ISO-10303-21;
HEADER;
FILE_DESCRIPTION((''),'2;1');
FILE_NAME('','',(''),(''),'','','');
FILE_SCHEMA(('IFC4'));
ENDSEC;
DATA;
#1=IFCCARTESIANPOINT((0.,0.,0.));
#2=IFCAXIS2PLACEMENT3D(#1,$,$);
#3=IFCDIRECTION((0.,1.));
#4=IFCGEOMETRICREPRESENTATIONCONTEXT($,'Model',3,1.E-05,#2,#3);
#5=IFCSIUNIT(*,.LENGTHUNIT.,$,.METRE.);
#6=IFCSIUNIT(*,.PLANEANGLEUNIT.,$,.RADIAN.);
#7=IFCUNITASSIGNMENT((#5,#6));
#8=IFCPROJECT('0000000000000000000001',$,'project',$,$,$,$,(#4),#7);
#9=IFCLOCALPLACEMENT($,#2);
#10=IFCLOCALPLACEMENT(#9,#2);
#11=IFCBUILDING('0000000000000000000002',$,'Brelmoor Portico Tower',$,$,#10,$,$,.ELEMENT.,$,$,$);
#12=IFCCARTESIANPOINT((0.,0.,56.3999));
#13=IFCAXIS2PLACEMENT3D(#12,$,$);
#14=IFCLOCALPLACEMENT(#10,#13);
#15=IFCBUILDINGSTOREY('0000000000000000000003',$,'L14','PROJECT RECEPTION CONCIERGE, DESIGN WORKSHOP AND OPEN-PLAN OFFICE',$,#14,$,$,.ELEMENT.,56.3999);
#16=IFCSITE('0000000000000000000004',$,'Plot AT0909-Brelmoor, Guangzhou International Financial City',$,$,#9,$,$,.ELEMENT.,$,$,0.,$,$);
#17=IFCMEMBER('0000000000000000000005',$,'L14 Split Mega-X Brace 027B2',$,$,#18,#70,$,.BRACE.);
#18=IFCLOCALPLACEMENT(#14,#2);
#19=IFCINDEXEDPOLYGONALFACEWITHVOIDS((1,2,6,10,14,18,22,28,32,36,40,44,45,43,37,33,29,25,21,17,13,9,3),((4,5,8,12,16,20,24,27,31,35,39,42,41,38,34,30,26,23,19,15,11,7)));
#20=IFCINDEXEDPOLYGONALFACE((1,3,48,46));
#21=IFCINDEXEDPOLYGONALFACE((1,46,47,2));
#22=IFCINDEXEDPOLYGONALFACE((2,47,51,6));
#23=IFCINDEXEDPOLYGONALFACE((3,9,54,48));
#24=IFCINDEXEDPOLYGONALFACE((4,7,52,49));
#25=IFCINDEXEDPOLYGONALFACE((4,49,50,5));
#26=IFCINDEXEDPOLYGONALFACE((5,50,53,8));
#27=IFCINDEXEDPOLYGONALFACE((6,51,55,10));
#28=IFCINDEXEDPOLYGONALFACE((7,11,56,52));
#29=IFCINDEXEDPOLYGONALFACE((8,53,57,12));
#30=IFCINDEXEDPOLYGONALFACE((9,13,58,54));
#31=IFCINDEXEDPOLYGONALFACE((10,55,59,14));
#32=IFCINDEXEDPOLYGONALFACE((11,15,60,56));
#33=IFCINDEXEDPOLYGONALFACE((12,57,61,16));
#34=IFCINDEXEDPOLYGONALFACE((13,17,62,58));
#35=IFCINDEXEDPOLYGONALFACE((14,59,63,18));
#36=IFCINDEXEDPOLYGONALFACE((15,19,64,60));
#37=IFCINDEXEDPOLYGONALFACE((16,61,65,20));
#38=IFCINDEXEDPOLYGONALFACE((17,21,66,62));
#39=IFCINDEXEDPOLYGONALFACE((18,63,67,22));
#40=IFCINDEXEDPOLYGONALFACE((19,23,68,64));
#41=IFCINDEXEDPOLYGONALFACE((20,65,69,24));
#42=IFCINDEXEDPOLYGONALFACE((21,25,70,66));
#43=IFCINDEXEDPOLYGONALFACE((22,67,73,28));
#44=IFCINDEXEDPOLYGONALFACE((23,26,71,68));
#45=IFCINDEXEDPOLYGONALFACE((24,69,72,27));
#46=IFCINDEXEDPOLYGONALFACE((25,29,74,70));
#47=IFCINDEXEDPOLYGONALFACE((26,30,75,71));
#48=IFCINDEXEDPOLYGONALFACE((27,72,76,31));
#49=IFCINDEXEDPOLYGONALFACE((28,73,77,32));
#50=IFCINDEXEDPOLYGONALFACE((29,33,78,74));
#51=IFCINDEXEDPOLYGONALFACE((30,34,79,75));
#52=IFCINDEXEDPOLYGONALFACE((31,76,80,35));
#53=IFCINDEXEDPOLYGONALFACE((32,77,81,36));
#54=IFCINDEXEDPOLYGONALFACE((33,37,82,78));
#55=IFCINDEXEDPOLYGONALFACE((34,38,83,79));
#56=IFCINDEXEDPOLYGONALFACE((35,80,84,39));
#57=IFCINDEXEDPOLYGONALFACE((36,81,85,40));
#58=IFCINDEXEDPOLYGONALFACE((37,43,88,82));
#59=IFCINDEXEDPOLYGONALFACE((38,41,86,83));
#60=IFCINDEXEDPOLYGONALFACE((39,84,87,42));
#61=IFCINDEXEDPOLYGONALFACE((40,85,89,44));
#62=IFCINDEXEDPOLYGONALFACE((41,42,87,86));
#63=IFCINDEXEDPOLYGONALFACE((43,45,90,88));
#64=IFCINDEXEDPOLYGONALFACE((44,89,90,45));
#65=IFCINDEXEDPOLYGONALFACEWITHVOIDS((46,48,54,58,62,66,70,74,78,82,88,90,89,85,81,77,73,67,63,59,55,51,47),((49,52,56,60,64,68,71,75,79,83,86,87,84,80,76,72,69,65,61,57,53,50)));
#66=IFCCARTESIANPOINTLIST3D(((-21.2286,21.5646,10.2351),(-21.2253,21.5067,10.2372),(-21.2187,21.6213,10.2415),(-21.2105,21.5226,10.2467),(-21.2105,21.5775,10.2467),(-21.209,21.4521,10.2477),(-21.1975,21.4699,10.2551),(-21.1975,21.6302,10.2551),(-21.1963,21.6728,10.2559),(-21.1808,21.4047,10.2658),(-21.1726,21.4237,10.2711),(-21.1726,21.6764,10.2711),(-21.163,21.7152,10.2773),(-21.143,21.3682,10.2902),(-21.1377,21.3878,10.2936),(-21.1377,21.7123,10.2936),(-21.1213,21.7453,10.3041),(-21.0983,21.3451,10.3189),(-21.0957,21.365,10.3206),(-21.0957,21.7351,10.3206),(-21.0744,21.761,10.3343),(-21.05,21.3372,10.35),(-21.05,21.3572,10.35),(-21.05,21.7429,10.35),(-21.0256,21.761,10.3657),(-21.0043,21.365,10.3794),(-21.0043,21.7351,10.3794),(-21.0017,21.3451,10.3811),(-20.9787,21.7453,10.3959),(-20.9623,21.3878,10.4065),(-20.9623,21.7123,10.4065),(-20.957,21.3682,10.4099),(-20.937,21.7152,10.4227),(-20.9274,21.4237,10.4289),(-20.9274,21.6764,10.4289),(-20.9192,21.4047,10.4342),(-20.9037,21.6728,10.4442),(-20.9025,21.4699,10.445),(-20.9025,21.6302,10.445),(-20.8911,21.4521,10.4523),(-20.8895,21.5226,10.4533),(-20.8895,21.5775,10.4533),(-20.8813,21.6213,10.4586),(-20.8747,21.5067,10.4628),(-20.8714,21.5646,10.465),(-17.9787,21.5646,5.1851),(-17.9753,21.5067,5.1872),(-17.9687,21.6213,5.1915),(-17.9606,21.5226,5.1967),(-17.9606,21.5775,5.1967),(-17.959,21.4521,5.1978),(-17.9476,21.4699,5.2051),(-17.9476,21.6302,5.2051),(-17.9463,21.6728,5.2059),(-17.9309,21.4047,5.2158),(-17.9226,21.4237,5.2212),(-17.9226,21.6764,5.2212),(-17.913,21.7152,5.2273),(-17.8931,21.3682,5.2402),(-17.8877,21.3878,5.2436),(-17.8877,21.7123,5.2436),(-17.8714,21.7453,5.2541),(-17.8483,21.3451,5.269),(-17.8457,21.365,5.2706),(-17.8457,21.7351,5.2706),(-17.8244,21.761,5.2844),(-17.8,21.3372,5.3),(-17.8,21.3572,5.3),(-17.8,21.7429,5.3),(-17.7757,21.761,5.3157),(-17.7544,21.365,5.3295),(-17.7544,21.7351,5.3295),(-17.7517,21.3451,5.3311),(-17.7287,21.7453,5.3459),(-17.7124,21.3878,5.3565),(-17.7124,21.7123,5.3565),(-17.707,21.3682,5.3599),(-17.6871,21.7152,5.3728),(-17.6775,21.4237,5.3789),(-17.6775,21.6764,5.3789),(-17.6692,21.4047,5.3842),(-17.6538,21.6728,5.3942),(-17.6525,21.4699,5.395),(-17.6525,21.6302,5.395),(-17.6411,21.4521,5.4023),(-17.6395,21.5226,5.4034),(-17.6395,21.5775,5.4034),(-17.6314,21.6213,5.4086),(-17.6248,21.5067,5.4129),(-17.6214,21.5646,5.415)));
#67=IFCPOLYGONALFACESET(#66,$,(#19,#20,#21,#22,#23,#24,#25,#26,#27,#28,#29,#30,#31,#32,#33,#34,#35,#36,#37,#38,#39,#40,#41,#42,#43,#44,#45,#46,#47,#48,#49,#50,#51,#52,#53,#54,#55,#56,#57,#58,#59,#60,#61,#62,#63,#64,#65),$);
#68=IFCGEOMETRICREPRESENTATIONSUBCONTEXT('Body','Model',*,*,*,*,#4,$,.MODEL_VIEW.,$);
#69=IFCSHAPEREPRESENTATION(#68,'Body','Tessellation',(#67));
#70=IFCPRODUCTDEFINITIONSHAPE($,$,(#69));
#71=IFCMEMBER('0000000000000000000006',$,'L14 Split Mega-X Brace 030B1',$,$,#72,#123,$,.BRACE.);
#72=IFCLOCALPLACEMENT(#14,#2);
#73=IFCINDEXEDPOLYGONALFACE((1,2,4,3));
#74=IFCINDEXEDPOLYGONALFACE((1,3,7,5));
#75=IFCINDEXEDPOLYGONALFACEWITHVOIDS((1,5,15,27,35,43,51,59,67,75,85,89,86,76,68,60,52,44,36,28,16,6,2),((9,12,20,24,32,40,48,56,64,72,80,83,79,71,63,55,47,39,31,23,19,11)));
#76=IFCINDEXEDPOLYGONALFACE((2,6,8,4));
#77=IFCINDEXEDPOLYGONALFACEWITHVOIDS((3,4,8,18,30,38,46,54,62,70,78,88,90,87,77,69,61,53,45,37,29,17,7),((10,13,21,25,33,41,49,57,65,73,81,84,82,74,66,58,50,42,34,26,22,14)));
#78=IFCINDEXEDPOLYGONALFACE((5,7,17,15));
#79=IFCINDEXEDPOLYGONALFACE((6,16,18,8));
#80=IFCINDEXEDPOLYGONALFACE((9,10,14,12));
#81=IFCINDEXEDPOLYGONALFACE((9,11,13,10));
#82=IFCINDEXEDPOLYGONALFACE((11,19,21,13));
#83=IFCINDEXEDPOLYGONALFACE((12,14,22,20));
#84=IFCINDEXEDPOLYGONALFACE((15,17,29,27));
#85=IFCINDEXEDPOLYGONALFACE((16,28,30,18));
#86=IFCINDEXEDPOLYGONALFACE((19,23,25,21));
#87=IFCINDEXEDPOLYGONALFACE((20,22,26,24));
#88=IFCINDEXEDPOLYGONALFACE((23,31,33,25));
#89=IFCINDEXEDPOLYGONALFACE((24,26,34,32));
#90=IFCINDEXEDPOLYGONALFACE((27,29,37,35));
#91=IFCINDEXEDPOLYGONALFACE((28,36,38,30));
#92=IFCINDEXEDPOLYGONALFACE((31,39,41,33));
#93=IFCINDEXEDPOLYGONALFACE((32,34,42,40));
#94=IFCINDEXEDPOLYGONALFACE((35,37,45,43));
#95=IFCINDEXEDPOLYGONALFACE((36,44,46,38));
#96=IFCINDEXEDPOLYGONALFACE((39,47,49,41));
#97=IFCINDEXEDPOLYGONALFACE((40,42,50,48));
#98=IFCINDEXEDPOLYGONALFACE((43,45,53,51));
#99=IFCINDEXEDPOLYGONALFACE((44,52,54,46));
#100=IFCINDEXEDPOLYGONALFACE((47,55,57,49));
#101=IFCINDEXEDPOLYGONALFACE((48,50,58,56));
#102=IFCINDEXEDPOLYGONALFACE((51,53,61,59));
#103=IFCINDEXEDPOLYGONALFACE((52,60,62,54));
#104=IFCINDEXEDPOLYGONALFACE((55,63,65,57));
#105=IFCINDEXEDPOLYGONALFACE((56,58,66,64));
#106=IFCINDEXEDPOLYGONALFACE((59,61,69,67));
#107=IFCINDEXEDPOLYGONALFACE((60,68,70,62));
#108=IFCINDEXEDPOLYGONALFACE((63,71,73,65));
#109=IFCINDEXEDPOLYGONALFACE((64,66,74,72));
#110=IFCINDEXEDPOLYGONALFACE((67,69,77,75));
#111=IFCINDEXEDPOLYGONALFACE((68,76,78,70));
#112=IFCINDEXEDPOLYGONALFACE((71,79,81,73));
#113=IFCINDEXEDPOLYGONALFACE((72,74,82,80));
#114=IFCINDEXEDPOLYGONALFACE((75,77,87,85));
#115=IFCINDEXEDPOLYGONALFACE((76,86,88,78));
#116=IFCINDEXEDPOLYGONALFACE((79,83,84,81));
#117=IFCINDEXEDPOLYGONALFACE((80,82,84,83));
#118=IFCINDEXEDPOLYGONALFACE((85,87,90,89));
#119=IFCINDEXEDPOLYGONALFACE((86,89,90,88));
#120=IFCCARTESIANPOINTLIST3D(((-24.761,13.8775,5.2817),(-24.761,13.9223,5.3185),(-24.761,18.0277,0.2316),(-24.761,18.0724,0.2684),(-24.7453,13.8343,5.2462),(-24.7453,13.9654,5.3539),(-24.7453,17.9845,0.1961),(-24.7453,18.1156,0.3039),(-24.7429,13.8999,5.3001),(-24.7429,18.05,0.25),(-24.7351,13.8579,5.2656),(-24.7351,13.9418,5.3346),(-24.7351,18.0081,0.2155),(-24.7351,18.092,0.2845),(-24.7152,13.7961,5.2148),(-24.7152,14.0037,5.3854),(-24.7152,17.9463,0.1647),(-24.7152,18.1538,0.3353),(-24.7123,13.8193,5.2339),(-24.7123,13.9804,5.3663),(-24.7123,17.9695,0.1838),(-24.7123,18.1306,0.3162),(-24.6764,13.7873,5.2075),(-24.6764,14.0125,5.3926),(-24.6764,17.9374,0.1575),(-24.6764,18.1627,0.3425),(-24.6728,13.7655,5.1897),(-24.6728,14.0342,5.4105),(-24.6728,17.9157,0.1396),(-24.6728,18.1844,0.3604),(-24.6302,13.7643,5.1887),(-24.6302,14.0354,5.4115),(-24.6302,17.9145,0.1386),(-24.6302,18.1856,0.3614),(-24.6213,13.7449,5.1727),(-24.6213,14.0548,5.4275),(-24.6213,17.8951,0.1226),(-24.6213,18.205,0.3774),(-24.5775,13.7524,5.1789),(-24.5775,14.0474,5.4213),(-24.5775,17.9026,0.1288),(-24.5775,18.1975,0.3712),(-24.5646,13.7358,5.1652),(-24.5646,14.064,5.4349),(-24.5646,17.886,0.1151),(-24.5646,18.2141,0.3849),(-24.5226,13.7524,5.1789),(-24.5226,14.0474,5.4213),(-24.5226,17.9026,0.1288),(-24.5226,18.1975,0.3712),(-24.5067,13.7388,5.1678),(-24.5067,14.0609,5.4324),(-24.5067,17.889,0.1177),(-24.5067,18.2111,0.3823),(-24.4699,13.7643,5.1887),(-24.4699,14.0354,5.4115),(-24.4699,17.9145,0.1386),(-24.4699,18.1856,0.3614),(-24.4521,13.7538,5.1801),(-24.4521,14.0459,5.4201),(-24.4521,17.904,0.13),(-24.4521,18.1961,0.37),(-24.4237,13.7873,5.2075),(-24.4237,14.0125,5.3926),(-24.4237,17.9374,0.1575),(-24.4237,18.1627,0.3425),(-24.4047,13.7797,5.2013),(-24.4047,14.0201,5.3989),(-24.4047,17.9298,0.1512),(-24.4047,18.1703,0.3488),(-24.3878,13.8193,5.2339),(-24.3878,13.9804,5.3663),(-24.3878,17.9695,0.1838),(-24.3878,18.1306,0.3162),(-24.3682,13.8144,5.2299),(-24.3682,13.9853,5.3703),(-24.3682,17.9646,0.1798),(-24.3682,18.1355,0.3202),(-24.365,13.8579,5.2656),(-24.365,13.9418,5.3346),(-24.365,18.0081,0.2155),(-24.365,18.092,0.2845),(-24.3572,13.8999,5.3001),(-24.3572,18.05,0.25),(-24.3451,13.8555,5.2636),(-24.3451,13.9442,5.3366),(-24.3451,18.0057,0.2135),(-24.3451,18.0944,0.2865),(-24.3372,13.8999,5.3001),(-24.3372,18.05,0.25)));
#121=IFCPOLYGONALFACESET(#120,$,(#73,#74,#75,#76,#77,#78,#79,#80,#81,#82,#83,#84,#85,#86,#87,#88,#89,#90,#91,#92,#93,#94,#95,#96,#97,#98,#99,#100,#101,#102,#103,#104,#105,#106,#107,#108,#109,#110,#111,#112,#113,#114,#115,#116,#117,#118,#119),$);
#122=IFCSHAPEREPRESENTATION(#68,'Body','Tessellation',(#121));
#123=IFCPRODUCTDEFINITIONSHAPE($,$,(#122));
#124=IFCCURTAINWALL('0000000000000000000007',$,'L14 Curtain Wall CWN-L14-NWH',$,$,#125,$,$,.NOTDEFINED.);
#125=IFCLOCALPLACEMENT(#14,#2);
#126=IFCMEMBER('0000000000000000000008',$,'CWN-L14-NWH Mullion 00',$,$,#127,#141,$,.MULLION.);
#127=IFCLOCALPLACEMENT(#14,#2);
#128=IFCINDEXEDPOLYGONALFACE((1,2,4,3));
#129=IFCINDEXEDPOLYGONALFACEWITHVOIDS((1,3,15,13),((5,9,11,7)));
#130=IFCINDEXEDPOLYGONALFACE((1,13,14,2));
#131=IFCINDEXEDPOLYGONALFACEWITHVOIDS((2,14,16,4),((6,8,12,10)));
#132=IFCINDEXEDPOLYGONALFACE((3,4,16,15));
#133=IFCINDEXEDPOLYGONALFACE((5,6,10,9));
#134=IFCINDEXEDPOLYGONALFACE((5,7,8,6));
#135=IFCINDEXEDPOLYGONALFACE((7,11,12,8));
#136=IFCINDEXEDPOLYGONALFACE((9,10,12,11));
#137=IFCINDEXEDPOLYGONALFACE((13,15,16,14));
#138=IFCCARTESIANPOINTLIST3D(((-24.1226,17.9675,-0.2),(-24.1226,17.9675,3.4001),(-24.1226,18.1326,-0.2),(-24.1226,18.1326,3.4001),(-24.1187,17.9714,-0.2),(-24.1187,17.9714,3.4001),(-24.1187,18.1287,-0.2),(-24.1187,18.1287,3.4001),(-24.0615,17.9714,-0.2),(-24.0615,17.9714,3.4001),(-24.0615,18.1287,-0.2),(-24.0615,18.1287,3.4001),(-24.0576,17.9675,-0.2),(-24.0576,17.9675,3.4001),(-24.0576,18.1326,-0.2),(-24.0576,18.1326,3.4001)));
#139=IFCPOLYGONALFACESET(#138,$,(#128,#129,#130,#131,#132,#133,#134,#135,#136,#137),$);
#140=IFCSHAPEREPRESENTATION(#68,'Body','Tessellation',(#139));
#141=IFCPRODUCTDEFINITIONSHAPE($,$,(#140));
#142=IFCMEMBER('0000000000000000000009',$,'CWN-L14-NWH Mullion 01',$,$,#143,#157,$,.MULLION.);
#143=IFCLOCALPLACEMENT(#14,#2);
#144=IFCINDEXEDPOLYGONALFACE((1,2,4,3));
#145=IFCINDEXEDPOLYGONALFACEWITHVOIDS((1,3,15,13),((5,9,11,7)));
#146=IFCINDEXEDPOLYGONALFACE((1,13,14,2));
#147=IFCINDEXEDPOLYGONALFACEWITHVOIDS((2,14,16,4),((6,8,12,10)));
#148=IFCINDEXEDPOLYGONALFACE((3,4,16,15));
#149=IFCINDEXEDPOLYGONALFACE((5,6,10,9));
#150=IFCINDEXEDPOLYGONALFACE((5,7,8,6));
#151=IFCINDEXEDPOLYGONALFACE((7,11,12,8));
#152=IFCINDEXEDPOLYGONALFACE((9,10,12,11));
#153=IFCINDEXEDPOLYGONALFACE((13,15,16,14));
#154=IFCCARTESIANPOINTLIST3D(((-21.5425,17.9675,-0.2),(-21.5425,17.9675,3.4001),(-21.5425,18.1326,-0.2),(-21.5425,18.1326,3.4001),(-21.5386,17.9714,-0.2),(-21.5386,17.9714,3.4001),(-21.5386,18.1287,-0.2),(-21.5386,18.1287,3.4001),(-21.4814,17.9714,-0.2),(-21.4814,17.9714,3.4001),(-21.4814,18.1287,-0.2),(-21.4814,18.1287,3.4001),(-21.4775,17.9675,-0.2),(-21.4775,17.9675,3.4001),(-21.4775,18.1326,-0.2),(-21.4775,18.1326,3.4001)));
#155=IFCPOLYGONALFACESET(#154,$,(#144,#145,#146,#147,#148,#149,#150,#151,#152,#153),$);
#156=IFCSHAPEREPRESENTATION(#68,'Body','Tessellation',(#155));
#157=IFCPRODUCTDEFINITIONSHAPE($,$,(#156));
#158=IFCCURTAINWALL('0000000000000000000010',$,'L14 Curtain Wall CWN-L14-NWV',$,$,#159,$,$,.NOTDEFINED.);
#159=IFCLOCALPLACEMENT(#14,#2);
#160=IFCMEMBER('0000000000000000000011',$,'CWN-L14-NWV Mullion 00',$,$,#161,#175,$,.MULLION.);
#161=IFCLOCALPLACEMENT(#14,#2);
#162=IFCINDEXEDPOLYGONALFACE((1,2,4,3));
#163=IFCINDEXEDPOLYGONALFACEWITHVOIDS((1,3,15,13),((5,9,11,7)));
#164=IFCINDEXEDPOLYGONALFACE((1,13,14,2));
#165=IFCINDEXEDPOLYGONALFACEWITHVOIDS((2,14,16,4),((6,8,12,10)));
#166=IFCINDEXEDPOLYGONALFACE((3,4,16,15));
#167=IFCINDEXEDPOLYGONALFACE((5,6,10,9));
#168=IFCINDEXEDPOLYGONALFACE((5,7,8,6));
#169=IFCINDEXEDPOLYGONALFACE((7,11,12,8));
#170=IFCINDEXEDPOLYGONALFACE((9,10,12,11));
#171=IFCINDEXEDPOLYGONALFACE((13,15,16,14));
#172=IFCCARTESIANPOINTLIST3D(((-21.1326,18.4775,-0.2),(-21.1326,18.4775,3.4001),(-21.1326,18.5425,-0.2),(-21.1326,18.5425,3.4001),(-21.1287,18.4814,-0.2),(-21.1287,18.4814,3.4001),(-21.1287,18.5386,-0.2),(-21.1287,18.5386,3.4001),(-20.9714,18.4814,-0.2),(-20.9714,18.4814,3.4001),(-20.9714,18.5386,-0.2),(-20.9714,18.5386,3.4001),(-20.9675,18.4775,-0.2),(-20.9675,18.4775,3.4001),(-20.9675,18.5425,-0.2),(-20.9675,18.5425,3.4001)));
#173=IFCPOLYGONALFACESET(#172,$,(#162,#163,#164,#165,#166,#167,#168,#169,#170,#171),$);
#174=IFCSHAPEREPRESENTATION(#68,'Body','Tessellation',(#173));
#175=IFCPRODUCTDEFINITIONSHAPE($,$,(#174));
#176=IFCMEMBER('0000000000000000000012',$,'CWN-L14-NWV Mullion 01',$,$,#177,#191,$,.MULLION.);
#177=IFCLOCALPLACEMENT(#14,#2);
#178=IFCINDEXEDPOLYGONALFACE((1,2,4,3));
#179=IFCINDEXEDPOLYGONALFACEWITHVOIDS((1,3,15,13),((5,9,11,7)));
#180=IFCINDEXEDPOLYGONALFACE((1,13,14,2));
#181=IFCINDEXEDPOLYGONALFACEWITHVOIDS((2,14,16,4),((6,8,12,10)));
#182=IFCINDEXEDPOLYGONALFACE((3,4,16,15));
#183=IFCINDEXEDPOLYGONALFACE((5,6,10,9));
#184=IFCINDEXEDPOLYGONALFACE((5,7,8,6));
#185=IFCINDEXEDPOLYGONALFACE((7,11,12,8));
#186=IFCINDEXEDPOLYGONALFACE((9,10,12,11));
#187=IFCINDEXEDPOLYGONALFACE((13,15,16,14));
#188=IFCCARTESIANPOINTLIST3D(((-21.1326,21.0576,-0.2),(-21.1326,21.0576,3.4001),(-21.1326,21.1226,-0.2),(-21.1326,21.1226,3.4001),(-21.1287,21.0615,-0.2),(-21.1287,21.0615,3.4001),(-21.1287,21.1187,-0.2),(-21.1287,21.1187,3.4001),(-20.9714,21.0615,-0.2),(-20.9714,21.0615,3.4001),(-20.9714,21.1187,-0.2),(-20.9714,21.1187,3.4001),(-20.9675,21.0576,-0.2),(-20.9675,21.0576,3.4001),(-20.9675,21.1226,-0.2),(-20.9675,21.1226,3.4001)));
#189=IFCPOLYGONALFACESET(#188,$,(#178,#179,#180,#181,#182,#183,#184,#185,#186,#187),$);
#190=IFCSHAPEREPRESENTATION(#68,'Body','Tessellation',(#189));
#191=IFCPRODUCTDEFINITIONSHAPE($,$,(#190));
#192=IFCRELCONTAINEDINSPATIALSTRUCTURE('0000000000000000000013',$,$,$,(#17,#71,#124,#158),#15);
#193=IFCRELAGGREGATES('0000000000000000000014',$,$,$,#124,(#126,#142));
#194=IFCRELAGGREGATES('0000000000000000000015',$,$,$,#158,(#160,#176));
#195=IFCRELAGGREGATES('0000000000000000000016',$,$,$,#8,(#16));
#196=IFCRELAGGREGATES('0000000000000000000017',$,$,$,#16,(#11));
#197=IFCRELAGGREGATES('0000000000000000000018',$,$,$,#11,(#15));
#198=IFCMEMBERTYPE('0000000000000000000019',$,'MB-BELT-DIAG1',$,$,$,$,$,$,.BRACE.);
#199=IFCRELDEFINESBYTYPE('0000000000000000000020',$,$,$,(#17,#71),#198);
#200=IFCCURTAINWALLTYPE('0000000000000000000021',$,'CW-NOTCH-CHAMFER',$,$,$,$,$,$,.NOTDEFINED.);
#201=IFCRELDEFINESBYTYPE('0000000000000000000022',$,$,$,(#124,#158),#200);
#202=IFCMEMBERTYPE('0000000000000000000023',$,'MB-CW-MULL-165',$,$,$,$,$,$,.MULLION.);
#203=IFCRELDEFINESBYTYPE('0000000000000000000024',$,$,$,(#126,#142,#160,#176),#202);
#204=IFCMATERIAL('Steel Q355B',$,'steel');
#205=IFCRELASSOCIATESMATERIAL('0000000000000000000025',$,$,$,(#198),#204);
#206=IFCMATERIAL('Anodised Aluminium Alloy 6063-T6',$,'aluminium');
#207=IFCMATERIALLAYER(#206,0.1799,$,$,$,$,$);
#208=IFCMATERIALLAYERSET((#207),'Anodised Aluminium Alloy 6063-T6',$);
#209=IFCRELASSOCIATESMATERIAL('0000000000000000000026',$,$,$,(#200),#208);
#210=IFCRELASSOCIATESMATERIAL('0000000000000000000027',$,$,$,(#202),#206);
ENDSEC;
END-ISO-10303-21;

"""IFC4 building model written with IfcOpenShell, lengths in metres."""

from ifc_helpers import new_model, si_unit, direction, frame, origin, origin_2d, place, context, subcontext, project, spatial, hollow_rectangle, hollow_circle, extrude, material, layer, layer_set, material_profile, profile_set, type_object, element, aggregate, save


model = new_model("IFC4")

# Units and contexts
model_context = context("Model", 3, precision=1e-05, world=origin(), true_north=direction((0.0, 1.0)))
body_context = subcontext(model_context, "Body", "Model", "MODEL_VIEW")
ifc_project = project(units=[si_unit("LENGTHUNIT", "METRE"), si_unit("PLANEANGLEUNIT", "RADIAN")], contexts=[model_context])

# Site, building, storey
site_placement = place(None, origin())
site = spatial("IfcSite", under=ifc_project, at=site_placement, Name="Plot AT0909-Brelmoor, Guangzhou International Financial City", CompositionType="ELEMENT", RefElevation=0.0)
building_placement = place(site_placement, origin())
building = spatial("IfcBuilding", under=site, at=building_placement, Name="Brelmoor Portico Tower", CompositionType="ELEMENT")
storey_placement = place(building_placement, frame((0.0, 0.0, 56.3999)))
storey = spatial("IfcBuildingStorey", under=building, at=storey_placement, Name="L14", Description="PROJECT RECEPTION CONCIERGE, DESIGN WORKSHOP AND OPEN-PLAN OFFICE", CompositionType="ELEMENT", Elevation=56.3999)

# Shared definitions
ifc_material_1 = material(Name="Steel Q355B", Category="steel")

# Members
ifc_material_profile_1 = material_profile(ifc_material_1, hollow_circle(Radius=0.2129, WallThickness=0.02, at=origin_2d()), Name="CHS 426x20")
ifc_profile_set_1 = profile_set([ifc_material_profile_1], Name="Steel Q355B")
member_type_1 = type_object("IfcMemberType", Name="MB-BELT-DIAG1", PredefinedType="BRACE", material=ifc_profile_set_1)
member_1_placement = place(storey_placement, frame((-17.8, 21.55, 5.3), z_axis=(-0.541175, 0.0, 0.84091), x_axis=(0.0, -1.0, 0.0)))
element("IfcMember", 1, at=member_1_placement, inside=storey, type_object=member_type_1, Name="L14 Split Mega-X Brace 027B2", PredefinedType="BRACE", context=body_context, shape_type="SweptSolid", body=[
    extrude(hollow_circle(Radius=0.2129, WallThickness=0.02, at=origin_2d()), origin(), (0.0, 0.0, 1.0), 6.0054),
])
member_2_placement = place(storey_placement, frame((-24.55, 18.05, 0.25), z_axis=(0.0, -0.634912, 0.772584), x_axis=(1.0, 0.0, 0.0)))
element("IfcMember", 2, at=member_2_placement, inside=storey, type_object=member_type_1, Name="L14 Split Mega-X Brace 030B1", PredefinedType="BRACE", context=body_context, shape_type="SweptSolid", body=[
    extrude(hollow_circle(Radius=0.2129, WallThickness=0.02, at=origin_2d()), origin(), (0.0, 0.0, 1.0), 6.5366),
])

# Curtain walls, members
ifc_material_2 = material(Name="Anodised Aluminium Alloy 6063-T6", Category="aluminium")
ifc_layer_1 = layer(ifc_material_2, 0.1799)
ifc_layer_set_1 = layer_set([ifc_layer_1], Name="Anodised Aluminium Alloy 6063-T6")
curtain_wall_type_1 = type_object("IfcCurtainWallType", Name="CW-NOTCH-CHAMFER", PredefinedType="NOTDEFINED", material=ifc_layer_set_1)
curtain_wall_1_placement = place(storey_placement, origin())
curtain_wall_1 = element("IfcCurtainWall", 3, at=curtain_wall_1_placement, inside=storey, type_object=curtain_wall_type_1, Name="L14 Curtain Wall CWN-L14-NWH", PredefinedType="NOTDEFINED")
ifc_material_profile_2 = material_profile(ifc_material_2, hollow_rectangle(XDim=0.0649, YDim=0.165, WallThickness=0.0039, at=origin_2d()), Name="ALU MULLION 65x165")
ifc_profile_set_2 = profile_set([ifc_material_profile_2], Name="Anodised Aluminium Alloy 6063-T6")
member_type_2 = type_object("IfcMemberType", Name="MB-CW-MULL-165", PredefinedType="MULLION", material=ifc_profile_set_2)
member_3_placement = place(storey_placement, frame((-24.0901, 18.05, -0.2), z_axis=(0.0, 0.0, 1.0), x_axis=(1.0, 0.0, 0.0)))
member_3 = element("IfcMember", 4, at=member_3_placement, type_object=member_type_2, Name="CWN-L14-NWH Mullion 00", PredefinedType="MULLION", context=body_context, shape_type="SweptSolid", body=[
    extrude(hollow_rectangle(XDim=0.0649, YDim=0.165, WallThickness=0.0039, at=origin_2d()), origin(), (0.0, 0.0, 1.0), 3.6001),
])
member_4_placement = place(storey_placement, frame((-21.51, 18.05, -0.2), z_axis=(0.0, 0.0, 1.0), x_axis=(1.0, 0.0, 0.0)))
member_4 = element("IfcMember", 5, at=member_4_placement, type_object=member_type_2, Name="CWN-L14-NWH Mullion 01", PredefinedType="MULLION", context=body_context, shape_type="SweptSolid", body=[
    extrude(hollow_rectangle(XDim=0.0649, YDim=0.165, WallThickness=0.0039, at=origin_2d()), origin(), (0.0, 0.0, 1.0), 3.6001),
])
curtain_wall_2_placement = place(storey_placement, origin())
curtain_wall_2 = element("IfcCurtainWall", 6, at=curtain_wall_2_placement, inside=storey, type_object=curtain_wall_type_1, Name="L14 Curtain Wall CWN-L14-NWV", PredefinedType="NOTDEFINED")
member_5_placement = place(storey_placement, frame((-21.05, 18.51, -0.2), z_axis=(0.0, 0.0, 1.0), x_axis=(0.0, 1.0, 0.0)))
member_5 = element("IfcMember", 7, at=member_5_placement, type_object=member_type_2, Name="CWN-L14-NWV Mullion 00", PredefinedType="MULLION", context=body_context, shape_type="SweptSolid", body=[
    extrude(hollow_rectangle(XDim=0.0649, YDim=0.165, WallThickness=0.0039, at=origin_2d()), origin(), (0.0, 0.0, 1.0), 3.6001),
])
member_6_placement = place(storey_placement, frame((-21.05, 21.0901, -0.2), z_axis=(0.0, 0.0, 1.0), x_axis=(0.0, 1.0, 0.0)))
member_6 = element("IfcMember", 8, at=member_6_placement, type_object=member_type_2, Name="CWN-L14-NWV Mullion 01", PredefinedType="MULLION", context=body_context, shape_type="SweptSolid", body=[
    extrude(hollow_rectangle(XDim=0.0649, YDim=0.165, WallThickness=0.0039, at=origin_2d()), origin(), (0.0, 0.0, 1.0), 3.6001),
])

aggregate(curtain_wall_1, [member_3, member_4])
aggregate(curtain_wall_2, [member_5, member_6])

save(model, "model.ifc")
